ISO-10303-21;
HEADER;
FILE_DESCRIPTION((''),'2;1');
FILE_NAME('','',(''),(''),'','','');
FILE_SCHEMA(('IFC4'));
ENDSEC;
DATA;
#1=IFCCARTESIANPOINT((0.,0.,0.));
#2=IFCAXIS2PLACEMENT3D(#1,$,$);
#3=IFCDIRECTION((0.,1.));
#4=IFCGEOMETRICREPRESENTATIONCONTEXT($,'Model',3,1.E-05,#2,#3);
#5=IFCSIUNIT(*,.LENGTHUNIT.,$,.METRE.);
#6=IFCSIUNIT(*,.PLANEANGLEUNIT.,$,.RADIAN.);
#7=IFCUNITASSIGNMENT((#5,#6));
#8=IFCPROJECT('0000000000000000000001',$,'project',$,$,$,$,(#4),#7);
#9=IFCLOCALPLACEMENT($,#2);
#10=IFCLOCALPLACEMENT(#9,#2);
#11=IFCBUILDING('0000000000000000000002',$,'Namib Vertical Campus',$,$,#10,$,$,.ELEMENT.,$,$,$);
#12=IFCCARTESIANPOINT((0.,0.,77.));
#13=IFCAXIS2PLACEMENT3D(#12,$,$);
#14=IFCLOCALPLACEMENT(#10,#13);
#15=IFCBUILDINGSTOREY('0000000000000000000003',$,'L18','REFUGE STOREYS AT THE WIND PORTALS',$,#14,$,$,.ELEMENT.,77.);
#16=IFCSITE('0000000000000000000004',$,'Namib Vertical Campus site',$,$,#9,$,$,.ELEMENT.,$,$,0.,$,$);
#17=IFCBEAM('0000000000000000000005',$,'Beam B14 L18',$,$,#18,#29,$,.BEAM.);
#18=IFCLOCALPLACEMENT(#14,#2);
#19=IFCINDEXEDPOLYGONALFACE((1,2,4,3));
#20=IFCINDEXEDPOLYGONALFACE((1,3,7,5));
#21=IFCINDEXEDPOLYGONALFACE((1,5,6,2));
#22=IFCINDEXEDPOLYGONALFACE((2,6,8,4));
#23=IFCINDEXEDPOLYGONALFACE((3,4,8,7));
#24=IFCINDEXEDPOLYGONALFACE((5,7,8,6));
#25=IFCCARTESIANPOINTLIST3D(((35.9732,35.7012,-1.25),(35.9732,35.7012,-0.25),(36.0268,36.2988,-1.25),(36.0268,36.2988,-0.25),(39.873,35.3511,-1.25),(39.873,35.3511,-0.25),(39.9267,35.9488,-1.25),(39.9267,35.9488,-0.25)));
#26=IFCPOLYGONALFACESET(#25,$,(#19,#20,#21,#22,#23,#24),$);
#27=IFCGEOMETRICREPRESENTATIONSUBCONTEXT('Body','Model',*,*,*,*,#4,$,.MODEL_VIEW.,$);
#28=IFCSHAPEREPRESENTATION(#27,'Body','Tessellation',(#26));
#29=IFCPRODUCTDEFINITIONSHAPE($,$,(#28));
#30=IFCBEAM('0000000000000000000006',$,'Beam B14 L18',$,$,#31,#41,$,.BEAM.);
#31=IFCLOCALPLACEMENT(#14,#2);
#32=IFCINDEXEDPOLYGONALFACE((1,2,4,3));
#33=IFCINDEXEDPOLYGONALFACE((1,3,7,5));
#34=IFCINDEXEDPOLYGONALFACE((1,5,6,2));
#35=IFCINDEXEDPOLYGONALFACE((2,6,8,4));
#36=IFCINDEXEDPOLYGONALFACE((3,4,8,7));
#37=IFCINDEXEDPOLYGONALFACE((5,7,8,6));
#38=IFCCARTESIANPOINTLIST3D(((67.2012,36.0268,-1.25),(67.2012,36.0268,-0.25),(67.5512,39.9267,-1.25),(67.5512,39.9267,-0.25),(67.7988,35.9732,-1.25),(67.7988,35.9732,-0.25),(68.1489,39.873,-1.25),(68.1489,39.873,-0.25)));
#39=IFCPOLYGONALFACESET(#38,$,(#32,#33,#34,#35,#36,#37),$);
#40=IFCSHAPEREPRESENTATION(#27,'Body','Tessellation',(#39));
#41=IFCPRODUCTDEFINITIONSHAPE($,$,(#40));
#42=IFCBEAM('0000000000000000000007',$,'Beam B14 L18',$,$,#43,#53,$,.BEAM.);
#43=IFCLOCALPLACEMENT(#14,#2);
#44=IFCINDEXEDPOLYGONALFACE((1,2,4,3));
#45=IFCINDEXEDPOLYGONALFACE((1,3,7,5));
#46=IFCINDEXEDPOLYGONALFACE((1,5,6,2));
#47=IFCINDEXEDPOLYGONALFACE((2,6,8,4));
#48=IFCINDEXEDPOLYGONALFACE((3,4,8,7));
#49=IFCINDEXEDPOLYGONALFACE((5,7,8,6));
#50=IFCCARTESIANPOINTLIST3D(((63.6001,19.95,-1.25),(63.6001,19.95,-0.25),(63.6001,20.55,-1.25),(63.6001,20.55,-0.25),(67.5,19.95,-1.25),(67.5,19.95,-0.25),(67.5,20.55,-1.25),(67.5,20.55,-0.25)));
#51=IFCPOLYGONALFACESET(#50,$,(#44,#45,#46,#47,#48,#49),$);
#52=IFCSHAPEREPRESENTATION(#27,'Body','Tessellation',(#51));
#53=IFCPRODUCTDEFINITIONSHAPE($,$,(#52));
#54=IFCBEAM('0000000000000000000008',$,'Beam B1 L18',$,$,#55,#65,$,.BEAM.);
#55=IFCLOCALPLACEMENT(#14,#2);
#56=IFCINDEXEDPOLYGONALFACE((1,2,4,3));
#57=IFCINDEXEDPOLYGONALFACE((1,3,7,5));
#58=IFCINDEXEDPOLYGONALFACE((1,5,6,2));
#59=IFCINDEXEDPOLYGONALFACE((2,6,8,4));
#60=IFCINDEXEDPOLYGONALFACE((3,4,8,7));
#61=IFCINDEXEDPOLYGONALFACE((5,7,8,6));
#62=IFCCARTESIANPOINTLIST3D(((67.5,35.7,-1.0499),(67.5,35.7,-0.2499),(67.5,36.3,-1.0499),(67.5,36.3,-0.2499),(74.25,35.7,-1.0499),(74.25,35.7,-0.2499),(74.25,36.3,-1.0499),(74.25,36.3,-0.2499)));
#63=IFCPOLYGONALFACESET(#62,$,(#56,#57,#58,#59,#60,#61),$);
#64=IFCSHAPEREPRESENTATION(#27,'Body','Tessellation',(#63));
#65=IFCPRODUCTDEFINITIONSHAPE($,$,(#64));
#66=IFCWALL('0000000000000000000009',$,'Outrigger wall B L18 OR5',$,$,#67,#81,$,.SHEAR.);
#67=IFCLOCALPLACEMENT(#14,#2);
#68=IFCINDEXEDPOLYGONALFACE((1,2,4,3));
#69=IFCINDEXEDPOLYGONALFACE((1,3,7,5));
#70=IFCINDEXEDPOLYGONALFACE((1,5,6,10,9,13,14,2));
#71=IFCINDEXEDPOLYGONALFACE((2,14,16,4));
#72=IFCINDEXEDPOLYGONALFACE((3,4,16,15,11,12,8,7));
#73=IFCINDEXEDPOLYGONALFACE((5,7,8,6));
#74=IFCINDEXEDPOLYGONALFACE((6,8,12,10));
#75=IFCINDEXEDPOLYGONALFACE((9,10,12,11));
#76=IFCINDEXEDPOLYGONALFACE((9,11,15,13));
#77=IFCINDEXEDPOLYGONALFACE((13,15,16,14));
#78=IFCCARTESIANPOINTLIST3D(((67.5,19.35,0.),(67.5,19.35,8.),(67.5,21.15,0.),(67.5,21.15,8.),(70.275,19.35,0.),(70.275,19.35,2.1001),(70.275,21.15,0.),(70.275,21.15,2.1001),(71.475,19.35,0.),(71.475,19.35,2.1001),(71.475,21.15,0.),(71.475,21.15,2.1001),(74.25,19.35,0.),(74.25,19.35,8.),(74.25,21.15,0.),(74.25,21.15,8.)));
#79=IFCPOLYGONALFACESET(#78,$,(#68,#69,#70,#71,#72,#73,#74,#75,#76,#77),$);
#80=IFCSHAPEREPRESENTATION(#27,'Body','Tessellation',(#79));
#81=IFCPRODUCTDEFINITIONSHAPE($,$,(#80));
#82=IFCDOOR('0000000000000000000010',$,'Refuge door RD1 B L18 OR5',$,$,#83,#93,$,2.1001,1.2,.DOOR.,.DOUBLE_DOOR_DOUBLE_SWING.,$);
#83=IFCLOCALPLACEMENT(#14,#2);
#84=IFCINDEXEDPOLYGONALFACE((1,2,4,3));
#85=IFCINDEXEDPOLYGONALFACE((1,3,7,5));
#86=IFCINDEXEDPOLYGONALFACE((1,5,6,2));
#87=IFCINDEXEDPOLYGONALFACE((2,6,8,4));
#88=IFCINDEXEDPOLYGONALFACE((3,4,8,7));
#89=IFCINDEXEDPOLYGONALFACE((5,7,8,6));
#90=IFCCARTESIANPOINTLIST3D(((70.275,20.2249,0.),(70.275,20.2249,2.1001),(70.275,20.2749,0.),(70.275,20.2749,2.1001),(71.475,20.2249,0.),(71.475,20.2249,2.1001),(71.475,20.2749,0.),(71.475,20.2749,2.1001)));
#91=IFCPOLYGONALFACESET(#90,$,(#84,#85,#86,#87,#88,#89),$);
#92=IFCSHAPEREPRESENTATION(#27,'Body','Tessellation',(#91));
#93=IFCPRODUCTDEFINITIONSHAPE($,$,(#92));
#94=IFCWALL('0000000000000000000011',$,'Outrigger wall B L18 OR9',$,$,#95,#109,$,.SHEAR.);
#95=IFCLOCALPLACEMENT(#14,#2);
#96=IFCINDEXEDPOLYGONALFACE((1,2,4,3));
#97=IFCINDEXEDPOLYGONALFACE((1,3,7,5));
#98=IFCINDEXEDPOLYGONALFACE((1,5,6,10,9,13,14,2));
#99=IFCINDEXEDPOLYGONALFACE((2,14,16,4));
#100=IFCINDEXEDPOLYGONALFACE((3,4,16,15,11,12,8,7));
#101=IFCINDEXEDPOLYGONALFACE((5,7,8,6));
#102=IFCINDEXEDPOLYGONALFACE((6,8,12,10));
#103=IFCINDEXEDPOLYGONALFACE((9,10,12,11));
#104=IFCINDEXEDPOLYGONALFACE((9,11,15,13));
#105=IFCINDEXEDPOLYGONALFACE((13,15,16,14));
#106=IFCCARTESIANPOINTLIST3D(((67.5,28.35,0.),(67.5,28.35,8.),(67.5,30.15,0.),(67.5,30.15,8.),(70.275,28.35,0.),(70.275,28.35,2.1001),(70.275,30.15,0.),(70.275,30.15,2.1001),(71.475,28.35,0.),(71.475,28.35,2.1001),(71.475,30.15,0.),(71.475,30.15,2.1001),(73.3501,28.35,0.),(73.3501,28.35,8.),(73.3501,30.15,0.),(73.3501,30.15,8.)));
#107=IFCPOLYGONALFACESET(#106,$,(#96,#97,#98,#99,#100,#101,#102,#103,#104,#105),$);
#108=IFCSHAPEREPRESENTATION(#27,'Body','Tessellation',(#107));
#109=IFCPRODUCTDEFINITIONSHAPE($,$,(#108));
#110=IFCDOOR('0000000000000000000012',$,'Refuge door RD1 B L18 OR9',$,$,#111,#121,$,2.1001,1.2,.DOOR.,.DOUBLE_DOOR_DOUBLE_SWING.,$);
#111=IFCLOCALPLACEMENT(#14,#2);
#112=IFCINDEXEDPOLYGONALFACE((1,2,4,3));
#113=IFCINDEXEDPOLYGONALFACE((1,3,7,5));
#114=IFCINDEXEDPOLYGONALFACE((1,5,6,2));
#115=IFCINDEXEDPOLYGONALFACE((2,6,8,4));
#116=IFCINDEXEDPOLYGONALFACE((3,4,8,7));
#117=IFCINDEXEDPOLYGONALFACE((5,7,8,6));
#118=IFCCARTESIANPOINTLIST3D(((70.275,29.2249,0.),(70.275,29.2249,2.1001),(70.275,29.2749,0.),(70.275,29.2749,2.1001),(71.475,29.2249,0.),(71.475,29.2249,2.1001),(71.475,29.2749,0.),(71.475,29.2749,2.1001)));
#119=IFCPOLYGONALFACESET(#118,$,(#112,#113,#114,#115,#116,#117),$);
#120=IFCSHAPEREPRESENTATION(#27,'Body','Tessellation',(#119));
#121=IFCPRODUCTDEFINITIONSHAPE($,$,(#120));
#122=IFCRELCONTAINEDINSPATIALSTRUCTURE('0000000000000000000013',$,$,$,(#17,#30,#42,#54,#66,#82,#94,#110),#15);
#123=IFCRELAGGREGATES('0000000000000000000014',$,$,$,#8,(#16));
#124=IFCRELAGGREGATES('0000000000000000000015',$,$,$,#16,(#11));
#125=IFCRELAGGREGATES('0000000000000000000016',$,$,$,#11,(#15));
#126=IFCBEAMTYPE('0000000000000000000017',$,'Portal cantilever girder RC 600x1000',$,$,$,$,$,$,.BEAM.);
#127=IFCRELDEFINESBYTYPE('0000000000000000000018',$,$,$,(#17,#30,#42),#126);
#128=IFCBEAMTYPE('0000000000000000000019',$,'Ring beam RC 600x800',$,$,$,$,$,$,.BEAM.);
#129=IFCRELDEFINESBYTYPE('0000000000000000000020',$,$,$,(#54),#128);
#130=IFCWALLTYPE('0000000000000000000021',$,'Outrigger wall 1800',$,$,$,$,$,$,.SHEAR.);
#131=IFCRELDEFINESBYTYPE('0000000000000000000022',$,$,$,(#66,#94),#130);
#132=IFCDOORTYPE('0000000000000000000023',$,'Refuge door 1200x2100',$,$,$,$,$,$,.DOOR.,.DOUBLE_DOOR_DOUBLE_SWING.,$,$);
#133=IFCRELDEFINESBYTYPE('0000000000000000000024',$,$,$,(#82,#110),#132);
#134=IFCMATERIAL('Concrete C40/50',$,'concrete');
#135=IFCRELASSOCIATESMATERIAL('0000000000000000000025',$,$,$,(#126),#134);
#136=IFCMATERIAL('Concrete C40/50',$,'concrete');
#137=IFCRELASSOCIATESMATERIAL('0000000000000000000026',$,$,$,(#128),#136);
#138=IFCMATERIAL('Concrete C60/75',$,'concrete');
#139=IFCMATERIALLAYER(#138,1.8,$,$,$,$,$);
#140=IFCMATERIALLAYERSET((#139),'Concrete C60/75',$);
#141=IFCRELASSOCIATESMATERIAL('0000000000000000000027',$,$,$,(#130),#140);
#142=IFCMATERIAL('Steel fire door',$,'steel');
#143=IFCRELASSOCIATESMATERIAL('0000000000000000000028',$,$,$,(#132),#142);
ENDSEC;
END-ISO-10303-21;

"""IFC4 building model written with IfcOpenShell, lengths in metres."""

from ifc_helpers import new_model, si_unit, direction, frame, frame_2d, origin, origin_2d, place, context, subcontext, project, spatial, rectangle, extrude, material, layer, layer_set, material_profile, profile_set, type_object, element, fill, save


model = new_model("IFC4")

# Units and contexts
model_context = context("Model", 3, precision=1e-05, world=origin(), true_north=direction((0.0, 1.0)))
body_context = subcontext(model_context, "Body", "Model", "MODEL_VIEW")
ifc_project = project(units=[si_unit("LENGTHUNIT", "METRE"), si_unit("PLANEANGLEUNIT", "RADIAN")], contexts=[model_context])

# Site, building, storey
site_placement = place(None, origin())
site = spatial("IfcSite", under=ifc_project, at=site_placement, Name="Namib Vertical Campus site", CompositionType="ELEMENT", RefElevation=0.0)
building_placement = place(site_placement, origin())
building = spatial("IfcBuilding", under=site, at=building_placement, Name="Namib Vertical Campus", CompositionType="ELEMENT")
storey_placement = place(building_placement, frame((0.0, 0.0, 77.0)))
storey = spatial("IfcBuildingStorey", under=building, at=storey_placement, Name="L18", Description="REFUGE STOREYS AT THE WIND PORTALS", CompositionType="ELEMENT", Elevation=77.0)

# Beams
ifc_material_1 = material(Name="Concrete C40/50", Category="concrete")
ifc_material_profile_1 = material_profile(ifc_material_1, rectangle(XDim=0.6001, YDim=1.0, at=origin_2d()))
ifc_profile_set_1 = profile_set([ifc_material_profile_1], Name="Concrete C40/50")
beam_type_1 = type_object("IfcBeamType", Name="Portal cantilever girder RC 600x1000", PredefinedType="BEAM", material=ifc_profile_set_1)
for number, where, z_axis, x_axis, name in (
    (1, (36.0, 36.0, -0.75), (0.995995, -0.089411, 0.0), (0.089411, 0.995995, 0.0), "Beam B14 L18"),
    (2, (67.5, 36.0, -0.75), (0.089411, 0.995995, 0.0), (-0.995995, 0.089411, 0.0), "Beam B14 L18"),
):
    element("IfcBeam", number, at=place(storey_placement, frame(where, z_axis=z_axis, x_axis=x_axis)), inside=storey, type_object=beam_type_1, Name=name, PredefinedType="BEAM", context=body_context, shape_type="SweptSolid", body=[
        extrude(rectangle(XDim=0.6001, YDim=1.0, at=origin_2d()), origin(), (0.0, 0.0, 1.0), 3.9155),
    ])
beam_1_placement = place(storey_placement, frame((67.5, 20.25, -0.75), z_axis=(-1.0, 0.0, 0.0), x_axis=(0.0, -1.0, 0.0)))
element("IfcBeam", 3, at=beam_1_placement, inside=storey, type_object=beam_type_1, Name="Beam B14 L18", PredefinedType="BEAM", context=body_context, shape_type="SweptSolid", body=[
    extrude(rectangle(XDim=0.6001, YDim=1.0, at=origin_2d()), origin(), (0.0, 0.0, 1.0), 3.8999),
])
ifc_material_2 = material(Name="Concrete C40/50", Category="concrete")
ifc_material_profile_2 = material_profile(ifc_material_2, rectangle(XDim=0.6001, YDim=0.8, at=origin_2d()))
ifc_profile_set_2 = profile_set([ifc_material_profile_2], Name="Concrete C40/50")
beam_type_2 = type_object("IfcBeamType", Name="Ring beam RC 600x800", PredefinedType="BEAM", material=ifc_profile_set_2)
beam_2_placement = place(storey_placement, frame((67.5, 36.0, -0.6499), z_axis=(1.0, 0.0, 0.0), x_axis=(0.0, 1.0, 0.0)))
element("IfcBeam", 4, at=beam_2_placement, inside=storey, type_object=beam_type_2, Name="Beam B1 L18", PredefinedType="BEAM", context=body_context, shape_type="SweptSolid", body=[
    extrude(rectangle(XDim=0.6001, YDim=0.8, at=origin_2d()), origin(), (0.0, 0.0, 1.0), 6.75),
])

# Walls, openings, doors
ifc_material_3 = material(Name="Concrete C60/75", Category="concrete")
ifc_layer = layer(ifc_material_3, 1.8)
ifc_layer_set = layer_set([ifc_layer], Name="Concrete C60/75")
wall_type = type_object("IfcWallType", Name="Outrigger wall 1800", PredefinedType="SHEAR", material=ifc_layer_set)
wall_1_placement = place(storey_placement, frame((67.5, 20.25, 0.0), z_axis=(0.0, 0.0, 1.0), x_axis=(1.0, 0.0, 0.0)))
wall_1 = element("IfcWall", 5, at=wall_1_placement, inside=storey, type_object=wall_type, Name="Outrigger wall B L18 OR5", PredefinedType="SHEAR", context=body_context, shape_type="SweptSolid", body=[
    extrude(rectangle(XDim=6.75, YDim=1.8, at=frame_2d((3.375, 0.0))), origin(), (0.0, 0.0, 1.0), 8.0),
])
opening_1_placement = place(wall_1_placement, frame((2.7749, 0.0, 0.0)))
opening_1 = element("IfcOpeningElement", 6, at=opening_1_placement, cuts=wall_1, PredefinedType="OPENING", context=body_context, shape_type="SweptSolid", body=[
    extrude(rectangle(XDim=1.2, YDim=2.1001, at=frame_2d((0.6001, 1.05))), frame((0.0, 0.9099, 0.0), z_axis=(0.0, -1.0, 0.0), x_axis=(1.0, 0.0, 0.0)), (0.0, 0.0, 1.0), 1.8201),
])
ifc_material_4 = material(Name="Steel fire door", Category="steel")
door_type = type_object("IfcDoorType", Name="Refuge door 1200x2100", OperationType="DOUBLE_DOOR_DOUBLE_SWING", PredefinedType="DOOR", material=ifc_material_4)
door_1_placement = place(opening_1_placement, origin())
door_1 = element("IfcDoor", 7, at=door_1_placement, inside=storey, type_object=door_type, Name="Refuge door RD1 B L18 OR5", OperationType="DOUBLE_DOOR_DOUBLE_SWING", OverallHeight=2.1001, OverallWidth=1.2, PredefinedType="DOOR", context=body_context, shape_type="SweptSolid", body=[
    extrude(rectangle(XDim=1.2, YDim=2.1001, at=frame_2d((0.6001, 1.05))), frame((0.0, 0.0249, 0.0), z_axis=(0.0, -1.0, 0.0), x_axis=(1.0, 0.0, 0.0)), (0.0, 0.0, 1.0), 0.05),
])
fill(opening_1, door_1)
wall_2_placement = place(storey_placement, frame((67.5, 29.25, 0.0), z_axis=(0.0, 0.0, 1.0), x_axis=(1.0, 0.0, 0.0)))
wall_2 = element("IfcWall", 8, at=wall_2_placement, inside=storey, type_object=wall_type, Name="Outrigger wall B L18 OR9", PredefinedType="SHEAR", context=body_context, shape_type="SweptSolid", body=[
    extrude(rectangle(XDim=5.8501, YDim=1.8, at=frame_2d((2.925, 0.0))), origin(), (0.0, 0.0, 1.0), 8.0),
])
opening_2_placement = place(wall_2_placement, frame((2.7749, 0.0, 0.0)))
opening_2 = element("IfcOpeningElement", 9, at=opening_2_placement, cuts=wall_2, PredefinedType="OPENING", context=body_context, shape_type="SweptSolid", body=[
    extrude(rectangle(XDim=1.2, YDim=2.1001, at=frame_2d((0.6001, 1.05))), frame((0.0, 0.9099, 0.0), z_axis=(0.0, -1.0, 0.0), x_axis=(1.0, 0.0, 0.0)), (0.0, 0.0, 1.0), 1.8201),
])
door_2_placement = place(opening_2_placement, origin())
door_2 = element("IfcDoor", 10, at=door_2_placement, inside=storey, type_object=door_type, Name="Refuge door RD1 B L18 OR9", OperationType="DOUBLE_DOOR_DOUBLE_SWING", OverallHeight=2.1001, OverallWidth=1.2, PredefinedType="DOOR", context=body_context, shape_type="SweptSolid", body=[
    extrude(rectangle(XDim=1.2, YDim=2.1001, at=frame_2d((0.6001, 1.05))), frame((0.0, 0.0249, 0.0), z_axis=(0.0, -1.0, 0.0), x_axis=(1.0, 0.0, 0.0)), (0.0, 0.0, 1.0), 0.05),
])
fill(opening_2, door_2)

save(model, "model.ifc")
